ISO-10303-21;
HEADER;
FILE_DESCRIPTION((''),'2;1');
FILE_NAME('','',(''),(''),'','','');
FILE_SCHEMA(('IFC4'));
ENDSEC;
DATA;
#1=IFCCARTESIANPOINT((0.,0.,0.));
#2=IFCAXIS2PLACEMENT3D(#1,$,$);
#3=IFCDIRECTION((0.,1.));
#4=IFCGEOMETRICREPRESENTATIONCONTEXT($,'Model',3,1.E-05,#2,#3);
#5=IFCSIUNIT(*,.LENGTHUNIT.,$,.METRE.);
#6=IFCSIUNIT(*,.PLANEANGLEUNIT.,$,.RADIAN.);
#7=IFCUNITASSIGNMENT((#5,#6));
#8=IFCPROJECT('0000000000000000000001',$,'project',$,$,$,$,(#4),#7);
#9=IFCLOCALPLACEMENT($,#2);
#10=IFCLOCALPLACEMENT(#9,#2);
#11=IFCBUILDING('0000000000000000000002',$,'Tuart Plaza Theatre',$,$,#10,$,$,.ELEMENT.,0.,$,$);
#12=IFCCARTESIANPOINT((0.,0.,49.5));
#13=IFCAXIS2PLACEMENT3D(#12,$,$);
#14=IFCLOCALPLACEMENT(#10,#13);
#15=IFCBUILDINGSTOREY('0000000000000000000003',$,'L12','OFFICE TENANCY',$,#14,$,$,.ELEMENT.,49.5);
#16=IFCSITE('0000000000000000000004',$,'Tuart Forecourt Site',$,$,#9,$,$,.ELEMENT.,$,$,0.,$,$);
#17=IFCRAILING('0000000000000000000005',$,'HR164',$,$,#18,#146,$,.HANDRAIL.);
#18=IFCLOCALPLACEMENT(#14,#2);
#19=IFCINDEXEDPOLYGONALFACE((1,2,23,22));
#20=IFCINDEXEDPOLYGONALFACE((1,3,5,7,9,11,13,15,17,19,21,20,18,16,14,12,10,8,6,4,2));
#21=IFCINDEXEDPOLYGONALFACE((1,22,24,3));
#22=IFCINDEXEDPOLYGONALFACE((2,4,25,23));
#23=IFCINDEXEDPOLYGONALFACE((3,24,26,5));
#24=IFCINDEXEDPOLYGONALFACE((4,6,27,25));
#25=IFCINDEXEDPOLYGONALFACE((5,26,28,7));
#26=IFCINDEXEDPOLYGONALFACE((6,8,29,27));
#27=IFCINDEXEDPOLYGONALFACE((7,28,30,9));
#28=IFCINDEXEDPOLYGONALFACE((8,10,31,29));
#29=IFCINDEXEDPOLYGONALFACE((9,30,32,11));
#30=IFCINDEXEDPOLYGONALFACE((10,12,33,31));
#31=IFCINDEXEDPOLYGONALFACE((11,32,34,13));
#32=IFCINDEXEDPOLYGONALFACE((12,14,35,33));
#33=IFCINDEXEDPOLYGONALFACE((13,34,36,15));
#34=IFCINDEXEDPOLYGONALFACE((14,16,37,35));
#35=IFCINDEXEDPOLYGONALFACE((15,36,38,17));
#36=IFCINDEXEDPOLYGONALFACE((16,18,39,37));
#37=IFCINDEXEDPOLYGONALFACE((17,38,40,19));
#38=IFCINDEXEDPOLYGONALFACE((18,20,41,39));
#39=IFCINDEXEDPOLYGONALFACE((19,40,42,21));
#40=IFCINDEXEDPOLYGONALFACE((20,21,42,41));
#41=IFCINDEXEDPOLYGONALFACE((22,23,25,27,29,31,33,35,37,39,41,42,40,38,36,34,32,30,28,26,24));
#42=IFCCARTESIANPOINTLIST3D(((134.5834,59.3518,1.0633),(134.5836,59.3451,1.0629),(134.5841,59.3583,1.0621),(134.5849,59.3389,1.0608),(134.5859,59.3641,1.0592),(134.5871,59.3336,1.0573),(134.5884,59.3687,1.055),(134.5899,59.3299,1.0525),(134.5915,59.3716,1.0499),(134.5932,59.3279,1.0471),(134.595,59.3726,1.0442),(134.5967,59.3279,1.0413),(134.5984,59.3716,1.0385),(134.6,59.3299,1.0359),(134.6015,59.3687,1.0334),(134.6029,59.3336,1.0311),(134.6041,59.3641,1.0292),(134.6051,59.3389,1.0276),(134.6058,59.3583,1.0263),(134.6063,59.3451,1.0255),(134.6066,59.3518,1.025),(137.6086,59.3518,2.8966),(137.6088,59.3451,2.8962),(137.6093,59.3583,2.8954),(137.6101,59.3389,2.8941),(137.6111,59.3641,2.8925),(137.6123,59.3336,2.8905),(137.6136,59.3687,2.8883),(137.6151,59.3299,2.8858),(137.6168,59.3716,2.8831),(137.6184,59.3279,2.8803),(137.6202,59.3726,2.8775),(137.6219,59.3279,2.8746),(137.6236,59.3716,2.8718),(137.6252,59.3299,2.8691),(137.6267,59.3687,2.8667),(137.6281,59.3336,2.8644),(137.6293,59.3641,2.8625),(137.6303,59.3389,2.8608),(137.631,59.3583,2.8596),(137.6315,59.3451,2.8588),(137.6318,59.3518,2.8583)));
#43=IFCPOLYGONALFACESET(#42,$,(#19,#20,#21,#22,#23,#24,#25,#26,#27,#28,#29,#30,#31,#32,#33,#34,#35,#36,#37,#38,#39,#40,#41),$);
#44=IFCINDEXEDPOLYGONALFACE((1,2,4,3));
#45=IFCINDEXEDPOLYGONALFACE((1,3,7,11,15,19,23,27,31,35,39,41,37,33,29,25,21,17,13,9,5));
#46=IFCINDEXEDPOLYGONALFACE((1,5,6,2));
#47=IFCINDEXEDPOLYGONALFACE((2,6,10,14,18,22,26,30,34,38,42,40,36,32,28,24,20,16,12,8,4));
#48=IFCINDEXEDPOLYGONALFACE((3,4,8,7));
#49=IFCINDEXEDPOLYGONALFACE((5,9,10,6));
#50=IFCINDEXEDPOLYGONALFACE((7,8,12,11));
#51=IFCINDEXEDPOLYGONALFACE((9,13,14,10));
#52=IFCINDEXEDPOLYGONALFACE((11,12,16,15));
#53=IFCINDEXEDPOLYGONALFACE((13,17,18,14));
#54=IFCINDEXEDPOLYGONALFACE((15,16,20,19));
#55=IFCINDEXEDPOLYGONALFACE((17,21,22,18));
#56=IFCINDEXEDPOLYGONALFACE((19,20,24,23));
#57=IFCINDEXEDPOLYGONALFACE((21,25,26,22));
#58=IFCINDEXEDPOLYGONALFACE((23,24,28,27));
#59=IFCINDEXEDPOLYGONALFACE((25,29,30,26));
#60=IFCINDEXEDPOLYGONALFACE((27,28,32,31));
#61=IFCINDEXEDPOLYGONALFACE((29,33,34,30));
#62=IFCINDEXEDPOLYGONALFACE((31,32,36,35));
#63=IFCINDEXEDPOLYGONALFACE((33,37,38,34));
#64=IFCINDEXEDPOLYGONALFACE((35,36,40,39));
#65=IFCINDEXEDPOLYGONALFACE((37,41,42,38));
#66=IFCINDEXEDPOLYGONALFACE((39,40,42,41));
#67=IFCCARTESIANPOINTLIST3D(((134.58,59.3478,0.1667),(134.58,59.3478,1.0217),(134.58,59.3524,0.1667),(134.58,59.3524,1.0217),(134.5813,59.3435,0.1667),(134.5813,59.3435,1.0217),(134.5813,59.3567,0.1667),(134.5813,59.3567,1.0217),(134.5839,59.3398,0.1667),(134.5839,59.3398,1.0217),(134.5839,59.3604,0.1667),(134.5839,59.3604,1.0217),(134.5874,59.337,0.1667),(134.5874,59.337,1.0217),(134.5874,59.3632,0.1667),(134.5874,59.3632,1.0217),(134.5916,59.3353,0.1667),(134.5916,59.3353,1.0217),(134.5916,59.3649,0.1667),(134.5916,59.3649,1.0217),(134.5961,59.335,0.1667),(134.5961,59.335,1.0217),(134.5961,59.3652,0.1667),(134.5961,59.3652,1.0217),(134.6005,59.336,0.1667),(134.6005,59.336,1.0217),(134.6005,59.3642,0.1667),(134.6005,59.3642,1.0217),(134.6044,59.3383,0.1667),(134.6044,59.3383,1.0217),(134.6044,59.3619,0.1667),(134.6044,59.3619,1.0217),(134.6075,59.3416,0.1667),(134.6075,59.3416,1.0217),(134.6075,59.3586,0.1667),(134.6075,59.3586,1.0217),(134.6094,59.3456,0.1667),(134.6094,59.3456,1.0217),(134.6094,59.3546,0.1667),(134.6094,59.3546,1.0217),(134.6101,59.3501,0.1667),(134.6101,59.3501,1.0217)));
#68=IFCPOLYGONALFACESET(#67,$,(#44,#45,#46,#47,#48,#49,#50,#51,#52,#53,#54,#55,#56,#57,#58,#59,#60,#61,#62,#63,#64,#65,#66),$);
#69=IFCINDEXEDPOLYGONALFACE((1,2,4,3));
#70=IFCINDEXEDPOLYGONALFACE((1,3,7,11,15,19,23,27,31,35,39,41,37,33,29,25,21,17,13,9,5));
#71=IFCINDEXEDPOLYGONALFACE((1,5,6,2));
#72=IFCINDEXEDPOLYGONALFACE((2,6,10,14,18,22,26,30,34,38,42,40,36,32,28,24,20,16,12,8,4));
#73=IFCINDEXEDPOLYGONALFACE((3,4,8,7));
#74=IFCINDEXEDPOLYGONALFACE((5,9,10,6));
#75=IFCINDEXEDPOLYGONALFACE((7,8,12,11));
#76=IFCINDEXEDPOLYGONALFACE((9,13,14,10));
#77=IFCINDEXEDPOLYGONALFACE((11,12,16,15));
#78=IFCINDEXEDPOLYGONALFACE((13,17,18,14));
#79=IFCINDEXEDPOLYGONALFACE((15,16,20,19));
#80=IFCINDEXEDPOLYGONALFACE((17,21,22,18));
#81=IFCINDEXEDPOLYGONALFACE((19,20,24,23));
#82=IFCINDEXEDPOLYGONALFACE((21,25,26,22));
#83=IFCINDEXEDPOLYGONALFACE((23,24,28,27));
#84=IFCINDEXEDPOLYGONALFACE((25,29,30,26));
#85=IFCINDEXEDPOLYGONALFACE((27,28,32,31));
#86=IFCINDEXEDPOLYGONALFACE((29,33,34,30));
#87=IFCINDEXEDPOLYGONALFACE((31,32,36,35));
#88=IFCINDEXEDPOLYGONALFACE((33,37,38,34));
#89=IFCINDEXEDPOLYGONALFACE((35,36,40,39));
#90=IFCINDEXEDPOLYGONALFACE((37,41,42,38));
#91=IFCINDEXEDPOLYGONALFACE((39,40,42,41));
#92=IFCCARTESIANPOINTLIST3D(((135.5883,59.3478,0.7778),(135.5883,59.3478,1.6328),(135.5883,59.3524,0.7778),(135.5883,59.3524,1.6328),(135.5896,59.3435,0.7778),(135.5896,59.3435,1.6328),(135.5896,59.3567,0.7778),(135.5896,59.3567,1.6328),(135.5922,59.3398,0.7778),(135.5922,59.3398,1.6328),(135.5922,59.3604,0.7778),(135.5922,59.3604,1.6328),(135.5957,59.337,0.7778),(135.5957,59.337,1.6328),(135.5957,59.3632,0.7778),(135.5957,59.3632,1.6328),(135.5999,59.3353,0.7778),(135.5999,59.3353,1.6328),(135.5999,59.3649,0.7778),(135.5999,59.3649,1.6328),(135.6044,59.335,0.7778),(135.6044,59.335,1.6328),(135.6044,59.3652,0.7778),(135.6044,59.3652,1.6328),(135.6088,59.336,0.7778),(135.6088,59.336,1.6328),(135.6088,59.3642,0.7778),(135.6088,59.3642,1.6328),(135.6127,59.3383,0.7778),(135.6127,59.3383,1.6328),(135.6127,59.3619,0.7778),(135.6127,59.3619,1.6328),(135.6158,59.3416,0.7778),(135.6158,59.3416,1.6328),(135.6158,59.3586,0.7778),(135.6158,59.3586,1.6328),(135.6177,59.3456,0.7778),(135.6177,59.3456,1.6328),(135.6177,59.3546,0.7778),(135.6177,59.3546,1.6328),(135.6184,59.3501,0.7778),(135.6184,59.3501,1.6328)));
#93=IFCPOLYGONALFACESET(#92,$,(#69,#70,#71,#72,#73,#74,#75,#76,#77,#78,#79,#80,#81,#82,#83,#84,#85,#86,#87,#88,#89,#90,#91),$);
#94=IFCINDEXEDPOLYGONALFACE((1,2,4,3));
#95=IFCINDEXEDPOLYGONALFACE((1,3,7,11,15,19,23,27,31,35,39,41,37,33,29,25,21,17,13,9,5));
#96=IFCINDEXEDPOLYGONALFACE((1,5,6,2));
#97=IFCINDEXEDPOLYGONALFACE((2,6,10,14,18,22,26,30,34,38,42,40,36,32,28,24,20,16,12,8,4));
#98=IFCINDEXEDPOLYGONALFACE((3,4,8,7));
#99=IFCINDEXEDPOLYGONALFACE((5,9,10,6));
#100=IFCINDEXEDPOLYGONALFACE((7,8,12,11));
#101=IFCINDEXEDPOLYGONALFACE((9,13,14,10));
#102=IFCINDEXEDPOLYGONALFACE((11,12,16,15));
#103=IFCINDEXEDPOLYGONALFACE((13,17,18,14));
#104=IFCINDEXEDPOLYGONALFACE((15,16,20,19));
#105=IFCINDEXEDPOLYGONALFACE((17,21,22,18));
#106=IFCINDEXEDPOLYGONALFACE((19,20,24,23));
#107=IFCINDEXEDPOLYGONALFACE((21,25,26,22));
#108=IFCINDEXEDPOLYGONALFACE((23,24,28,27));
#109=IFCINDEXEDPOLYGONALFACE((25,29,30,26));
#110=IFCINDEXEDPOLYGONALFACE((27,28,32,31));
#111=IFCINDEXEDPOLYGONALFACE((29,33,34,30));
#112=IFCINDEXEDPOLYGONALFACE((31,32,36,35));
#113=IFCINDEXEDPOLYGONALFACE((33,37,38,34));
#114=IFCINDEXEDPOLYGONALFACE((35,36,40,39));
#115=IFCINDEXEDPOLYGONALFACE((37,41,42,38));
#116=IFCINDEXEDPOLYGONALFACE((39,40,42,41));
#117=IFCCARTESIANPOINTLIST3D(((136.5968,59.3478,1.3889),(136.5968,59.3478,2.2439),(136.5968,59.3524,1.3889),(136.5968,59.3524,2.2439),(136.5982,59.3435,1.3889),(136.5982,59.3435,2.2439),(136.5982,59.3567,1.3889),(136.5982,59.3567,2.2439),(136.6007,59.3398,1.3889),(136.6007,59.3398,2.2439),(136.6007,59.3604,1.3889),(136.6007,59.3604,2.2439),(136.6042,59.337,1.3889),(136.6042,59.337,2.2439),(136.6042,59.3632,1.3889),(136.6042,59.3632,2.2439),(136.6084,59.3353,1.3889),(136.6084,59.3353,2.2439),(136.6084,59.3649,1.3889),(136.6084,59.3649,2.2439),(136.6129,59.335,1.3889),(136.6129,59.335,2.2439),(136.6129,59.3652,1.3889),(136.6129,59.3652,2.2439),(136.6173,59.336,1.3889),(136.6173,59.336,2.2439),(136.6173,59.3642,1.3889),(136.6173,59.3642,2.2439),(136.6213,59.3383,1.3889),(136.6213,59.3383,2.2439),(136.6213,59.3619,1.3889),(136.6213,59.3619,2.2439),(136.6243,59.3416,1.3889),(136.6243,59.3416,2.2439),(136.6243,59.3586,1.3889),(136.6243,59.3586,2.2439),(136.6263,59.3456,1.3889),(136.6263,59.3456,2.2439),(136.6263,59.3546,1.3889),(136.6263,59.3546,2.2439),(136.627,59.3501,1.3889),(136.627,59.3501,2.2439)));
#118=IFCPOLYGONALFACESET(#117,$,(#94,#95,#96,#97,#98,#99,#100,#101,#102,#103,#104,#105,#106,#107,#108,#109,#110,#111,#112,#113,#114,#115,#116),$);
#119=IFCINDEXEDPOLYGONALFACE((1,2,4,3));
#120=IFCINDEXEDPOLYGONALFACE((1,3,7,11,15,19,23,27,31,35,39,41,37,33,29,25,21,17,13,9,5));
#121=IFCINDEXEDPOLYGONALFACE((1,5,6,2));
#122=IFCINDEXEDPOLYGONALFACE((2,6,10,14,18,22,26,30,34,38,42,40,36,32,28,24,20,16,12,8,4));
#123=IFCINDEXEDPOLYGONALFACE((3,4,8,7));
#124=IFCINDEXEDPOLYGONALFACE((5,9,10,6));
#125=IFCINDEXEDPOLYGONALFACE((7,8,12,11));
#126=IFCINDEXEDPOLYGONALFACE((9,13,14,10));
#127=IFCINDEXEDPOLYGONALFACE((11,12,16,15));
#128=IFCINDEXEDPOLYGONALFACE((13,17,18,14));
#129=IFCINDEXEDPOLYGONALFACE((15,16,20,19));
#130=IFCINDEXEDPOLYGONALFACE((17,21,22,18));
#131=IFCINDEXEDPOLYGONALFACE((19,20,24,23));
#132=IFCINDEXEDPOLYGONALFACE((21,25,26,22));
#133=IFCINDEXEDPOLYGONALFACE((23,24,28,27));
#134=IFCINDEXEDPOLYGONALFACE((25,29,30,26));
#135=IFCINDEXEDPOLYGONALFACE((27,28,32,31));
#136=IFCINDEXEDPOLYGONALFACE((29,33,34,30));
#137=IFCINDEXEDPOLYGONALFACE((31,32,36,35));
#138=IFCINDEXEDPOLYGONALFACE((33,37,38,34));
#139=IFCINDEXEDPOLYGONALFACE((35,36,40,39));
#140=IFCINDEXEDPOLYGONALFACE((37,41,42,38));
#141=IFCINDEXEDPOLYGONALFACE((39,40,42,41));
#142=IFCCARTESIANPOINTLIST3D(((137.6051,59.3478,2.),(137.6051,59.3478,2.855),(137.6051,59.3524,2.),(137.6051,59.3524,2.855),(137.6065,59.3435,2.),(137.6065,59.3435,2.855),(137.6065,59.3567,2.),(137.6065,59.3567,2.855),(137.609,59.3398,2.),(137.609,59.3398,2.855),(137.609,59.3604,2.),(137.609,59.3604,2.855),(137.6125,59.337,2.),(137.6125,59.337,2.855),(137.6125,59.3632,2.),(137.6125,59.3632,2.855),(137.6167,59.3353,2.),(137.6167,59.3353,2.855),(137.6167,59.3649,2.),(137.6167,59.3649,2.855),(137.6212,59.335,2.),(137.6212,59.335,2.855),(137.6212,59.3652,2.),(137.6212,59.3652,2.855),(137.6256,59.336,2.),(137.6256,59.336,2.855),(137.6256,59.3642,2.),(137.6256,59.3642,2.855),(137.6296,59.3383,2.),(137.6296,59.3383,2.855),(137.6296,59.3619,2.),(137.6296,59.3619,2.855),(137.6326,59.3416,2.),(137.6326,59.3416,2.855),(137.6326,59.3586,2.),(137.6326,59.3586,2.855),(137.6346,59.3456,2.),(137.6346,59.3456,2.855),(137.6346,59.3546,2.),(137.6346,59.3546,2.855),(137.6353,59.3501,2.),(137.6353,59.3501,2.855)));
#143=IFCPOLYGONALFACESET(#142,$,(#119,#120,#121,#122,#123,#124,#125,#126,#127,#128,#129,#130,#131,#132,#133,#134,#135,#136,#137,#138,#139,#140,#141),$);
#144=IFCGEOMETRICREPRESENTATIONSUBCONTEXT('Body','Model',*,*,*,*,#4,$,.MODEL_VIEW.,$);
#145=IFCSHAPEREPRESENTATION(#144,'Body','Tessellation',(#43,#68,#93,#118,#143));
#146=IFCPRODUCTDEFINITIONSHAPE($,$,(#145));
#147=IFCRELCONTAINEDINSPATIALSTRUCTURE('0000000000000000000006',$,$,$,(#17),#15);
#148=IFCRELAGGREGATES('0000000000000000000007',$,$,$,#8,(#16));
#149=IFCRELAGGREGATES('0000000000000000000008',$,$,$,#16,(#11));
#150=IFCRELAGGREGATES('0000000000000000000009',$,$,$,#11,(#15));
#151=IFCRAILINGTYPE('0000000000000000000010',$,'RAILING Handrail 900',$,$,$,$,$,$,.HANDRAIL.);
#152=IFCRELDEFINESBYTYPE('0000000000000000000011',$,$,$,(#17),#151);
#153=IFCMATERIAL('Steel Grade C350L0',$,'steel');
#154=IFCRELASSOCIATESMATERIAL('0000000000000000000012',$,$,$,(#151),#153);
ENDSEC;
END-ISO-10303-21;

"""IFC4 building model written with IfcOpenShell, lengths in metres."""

from ifc_helpers import new_model, si_unit, direction, frame, origin, origin_2d, place, context, subcontext, project, spatial, circle, extrude, material, type_object, element, save


model = new_model("IFC4")

# Units and contexts
model_context = context("Model", 3, precision=1e-05, world=origin(), true_north=direction((0.0, 1.0)))
body_context = subcontext(model_context, "Body", "Model", "MODEL_VIEW")
ifc_project = project(units=[si_unit("LENGTHUNIT", "METRE"), si_unit("PLANEANGLEUNIT", "RADIAN")], contexts=[model_context])

# Site, building, storey
site_placement = place(None, origin())
site = spatial("IfcSite", under=ifc_project, at=site_placement, Name="Tuart Forecourt Site", CompositionType="ELEMENT", RefElevation=0.0)
building_placement = place(site_placement, origin())
building = spatial("IfcBuilding", under=site, at=building_placement, Name="Tuart Plaza Theatre", CompositionType="ELEMENT", ElevationOfRefHeight=0.0)
storey_placement = place(building_placement, frame((0.0, 0.0, 49.5)))
storey = spatial("IfcBuildingStorey", under=building, at=storey_placement, Name="L12", Description="OFFICE TENANCY", CompositionType="ELEMENT", Elevation=49.5)

# Railing
ifc_material_1 = material(Name="Steel Grade C350L0", Category="steel")
railing_type_1 = type_object("IfcRailingType", Name="RAILING Handrail 900", PredefinedType="HANDRAIL", material=ifc_material_1)
for number, where, name in (
    (1, (134.595, 59.3501, 0.1667), "HR164"),
):
    element("IfcRailing", number, at=place(storey_placement, frame(where)), inside=storey, type_object=railing_type_1, Name=name, PredefinedType="HANDRAIL", context=body_context, shape_type="SweptSolid", body=[
        extrude(circle(Radius=0.0225, at=origin_2d()), frame((0.0, 0.0, 0.8774), z_axis=(0.855219, 0.0, 0.518267), x_axis=(0.0, 1.0, 0.0)), (0.0, 0.0, 1.0), 3.5374),
        extrude(circle(Radius=0.0151, at=origin_2d()), origin(), (0.0, 0.0, 1.0), 0.855),
        extrude(circle(Radius=0.0151, at=origin_2d()), frame((1.0083, 0.0, 0.6111)), (0.0, 0.0, 1.0), 0.855),
        extrude(circle(Radius=0.0151, at=origin_2d()), frame((2.0168, 0.0, 1.2222)), (0.0, 0.0, 1.0), 0.855),
        extrude(circle(Radius=0.0151, at=origin_2d()), frame((3.0251, 0.0, 1.8333)), (0.0, 0.0, 1.0), 0.855),
    ])

save(model, "model.ifc")
